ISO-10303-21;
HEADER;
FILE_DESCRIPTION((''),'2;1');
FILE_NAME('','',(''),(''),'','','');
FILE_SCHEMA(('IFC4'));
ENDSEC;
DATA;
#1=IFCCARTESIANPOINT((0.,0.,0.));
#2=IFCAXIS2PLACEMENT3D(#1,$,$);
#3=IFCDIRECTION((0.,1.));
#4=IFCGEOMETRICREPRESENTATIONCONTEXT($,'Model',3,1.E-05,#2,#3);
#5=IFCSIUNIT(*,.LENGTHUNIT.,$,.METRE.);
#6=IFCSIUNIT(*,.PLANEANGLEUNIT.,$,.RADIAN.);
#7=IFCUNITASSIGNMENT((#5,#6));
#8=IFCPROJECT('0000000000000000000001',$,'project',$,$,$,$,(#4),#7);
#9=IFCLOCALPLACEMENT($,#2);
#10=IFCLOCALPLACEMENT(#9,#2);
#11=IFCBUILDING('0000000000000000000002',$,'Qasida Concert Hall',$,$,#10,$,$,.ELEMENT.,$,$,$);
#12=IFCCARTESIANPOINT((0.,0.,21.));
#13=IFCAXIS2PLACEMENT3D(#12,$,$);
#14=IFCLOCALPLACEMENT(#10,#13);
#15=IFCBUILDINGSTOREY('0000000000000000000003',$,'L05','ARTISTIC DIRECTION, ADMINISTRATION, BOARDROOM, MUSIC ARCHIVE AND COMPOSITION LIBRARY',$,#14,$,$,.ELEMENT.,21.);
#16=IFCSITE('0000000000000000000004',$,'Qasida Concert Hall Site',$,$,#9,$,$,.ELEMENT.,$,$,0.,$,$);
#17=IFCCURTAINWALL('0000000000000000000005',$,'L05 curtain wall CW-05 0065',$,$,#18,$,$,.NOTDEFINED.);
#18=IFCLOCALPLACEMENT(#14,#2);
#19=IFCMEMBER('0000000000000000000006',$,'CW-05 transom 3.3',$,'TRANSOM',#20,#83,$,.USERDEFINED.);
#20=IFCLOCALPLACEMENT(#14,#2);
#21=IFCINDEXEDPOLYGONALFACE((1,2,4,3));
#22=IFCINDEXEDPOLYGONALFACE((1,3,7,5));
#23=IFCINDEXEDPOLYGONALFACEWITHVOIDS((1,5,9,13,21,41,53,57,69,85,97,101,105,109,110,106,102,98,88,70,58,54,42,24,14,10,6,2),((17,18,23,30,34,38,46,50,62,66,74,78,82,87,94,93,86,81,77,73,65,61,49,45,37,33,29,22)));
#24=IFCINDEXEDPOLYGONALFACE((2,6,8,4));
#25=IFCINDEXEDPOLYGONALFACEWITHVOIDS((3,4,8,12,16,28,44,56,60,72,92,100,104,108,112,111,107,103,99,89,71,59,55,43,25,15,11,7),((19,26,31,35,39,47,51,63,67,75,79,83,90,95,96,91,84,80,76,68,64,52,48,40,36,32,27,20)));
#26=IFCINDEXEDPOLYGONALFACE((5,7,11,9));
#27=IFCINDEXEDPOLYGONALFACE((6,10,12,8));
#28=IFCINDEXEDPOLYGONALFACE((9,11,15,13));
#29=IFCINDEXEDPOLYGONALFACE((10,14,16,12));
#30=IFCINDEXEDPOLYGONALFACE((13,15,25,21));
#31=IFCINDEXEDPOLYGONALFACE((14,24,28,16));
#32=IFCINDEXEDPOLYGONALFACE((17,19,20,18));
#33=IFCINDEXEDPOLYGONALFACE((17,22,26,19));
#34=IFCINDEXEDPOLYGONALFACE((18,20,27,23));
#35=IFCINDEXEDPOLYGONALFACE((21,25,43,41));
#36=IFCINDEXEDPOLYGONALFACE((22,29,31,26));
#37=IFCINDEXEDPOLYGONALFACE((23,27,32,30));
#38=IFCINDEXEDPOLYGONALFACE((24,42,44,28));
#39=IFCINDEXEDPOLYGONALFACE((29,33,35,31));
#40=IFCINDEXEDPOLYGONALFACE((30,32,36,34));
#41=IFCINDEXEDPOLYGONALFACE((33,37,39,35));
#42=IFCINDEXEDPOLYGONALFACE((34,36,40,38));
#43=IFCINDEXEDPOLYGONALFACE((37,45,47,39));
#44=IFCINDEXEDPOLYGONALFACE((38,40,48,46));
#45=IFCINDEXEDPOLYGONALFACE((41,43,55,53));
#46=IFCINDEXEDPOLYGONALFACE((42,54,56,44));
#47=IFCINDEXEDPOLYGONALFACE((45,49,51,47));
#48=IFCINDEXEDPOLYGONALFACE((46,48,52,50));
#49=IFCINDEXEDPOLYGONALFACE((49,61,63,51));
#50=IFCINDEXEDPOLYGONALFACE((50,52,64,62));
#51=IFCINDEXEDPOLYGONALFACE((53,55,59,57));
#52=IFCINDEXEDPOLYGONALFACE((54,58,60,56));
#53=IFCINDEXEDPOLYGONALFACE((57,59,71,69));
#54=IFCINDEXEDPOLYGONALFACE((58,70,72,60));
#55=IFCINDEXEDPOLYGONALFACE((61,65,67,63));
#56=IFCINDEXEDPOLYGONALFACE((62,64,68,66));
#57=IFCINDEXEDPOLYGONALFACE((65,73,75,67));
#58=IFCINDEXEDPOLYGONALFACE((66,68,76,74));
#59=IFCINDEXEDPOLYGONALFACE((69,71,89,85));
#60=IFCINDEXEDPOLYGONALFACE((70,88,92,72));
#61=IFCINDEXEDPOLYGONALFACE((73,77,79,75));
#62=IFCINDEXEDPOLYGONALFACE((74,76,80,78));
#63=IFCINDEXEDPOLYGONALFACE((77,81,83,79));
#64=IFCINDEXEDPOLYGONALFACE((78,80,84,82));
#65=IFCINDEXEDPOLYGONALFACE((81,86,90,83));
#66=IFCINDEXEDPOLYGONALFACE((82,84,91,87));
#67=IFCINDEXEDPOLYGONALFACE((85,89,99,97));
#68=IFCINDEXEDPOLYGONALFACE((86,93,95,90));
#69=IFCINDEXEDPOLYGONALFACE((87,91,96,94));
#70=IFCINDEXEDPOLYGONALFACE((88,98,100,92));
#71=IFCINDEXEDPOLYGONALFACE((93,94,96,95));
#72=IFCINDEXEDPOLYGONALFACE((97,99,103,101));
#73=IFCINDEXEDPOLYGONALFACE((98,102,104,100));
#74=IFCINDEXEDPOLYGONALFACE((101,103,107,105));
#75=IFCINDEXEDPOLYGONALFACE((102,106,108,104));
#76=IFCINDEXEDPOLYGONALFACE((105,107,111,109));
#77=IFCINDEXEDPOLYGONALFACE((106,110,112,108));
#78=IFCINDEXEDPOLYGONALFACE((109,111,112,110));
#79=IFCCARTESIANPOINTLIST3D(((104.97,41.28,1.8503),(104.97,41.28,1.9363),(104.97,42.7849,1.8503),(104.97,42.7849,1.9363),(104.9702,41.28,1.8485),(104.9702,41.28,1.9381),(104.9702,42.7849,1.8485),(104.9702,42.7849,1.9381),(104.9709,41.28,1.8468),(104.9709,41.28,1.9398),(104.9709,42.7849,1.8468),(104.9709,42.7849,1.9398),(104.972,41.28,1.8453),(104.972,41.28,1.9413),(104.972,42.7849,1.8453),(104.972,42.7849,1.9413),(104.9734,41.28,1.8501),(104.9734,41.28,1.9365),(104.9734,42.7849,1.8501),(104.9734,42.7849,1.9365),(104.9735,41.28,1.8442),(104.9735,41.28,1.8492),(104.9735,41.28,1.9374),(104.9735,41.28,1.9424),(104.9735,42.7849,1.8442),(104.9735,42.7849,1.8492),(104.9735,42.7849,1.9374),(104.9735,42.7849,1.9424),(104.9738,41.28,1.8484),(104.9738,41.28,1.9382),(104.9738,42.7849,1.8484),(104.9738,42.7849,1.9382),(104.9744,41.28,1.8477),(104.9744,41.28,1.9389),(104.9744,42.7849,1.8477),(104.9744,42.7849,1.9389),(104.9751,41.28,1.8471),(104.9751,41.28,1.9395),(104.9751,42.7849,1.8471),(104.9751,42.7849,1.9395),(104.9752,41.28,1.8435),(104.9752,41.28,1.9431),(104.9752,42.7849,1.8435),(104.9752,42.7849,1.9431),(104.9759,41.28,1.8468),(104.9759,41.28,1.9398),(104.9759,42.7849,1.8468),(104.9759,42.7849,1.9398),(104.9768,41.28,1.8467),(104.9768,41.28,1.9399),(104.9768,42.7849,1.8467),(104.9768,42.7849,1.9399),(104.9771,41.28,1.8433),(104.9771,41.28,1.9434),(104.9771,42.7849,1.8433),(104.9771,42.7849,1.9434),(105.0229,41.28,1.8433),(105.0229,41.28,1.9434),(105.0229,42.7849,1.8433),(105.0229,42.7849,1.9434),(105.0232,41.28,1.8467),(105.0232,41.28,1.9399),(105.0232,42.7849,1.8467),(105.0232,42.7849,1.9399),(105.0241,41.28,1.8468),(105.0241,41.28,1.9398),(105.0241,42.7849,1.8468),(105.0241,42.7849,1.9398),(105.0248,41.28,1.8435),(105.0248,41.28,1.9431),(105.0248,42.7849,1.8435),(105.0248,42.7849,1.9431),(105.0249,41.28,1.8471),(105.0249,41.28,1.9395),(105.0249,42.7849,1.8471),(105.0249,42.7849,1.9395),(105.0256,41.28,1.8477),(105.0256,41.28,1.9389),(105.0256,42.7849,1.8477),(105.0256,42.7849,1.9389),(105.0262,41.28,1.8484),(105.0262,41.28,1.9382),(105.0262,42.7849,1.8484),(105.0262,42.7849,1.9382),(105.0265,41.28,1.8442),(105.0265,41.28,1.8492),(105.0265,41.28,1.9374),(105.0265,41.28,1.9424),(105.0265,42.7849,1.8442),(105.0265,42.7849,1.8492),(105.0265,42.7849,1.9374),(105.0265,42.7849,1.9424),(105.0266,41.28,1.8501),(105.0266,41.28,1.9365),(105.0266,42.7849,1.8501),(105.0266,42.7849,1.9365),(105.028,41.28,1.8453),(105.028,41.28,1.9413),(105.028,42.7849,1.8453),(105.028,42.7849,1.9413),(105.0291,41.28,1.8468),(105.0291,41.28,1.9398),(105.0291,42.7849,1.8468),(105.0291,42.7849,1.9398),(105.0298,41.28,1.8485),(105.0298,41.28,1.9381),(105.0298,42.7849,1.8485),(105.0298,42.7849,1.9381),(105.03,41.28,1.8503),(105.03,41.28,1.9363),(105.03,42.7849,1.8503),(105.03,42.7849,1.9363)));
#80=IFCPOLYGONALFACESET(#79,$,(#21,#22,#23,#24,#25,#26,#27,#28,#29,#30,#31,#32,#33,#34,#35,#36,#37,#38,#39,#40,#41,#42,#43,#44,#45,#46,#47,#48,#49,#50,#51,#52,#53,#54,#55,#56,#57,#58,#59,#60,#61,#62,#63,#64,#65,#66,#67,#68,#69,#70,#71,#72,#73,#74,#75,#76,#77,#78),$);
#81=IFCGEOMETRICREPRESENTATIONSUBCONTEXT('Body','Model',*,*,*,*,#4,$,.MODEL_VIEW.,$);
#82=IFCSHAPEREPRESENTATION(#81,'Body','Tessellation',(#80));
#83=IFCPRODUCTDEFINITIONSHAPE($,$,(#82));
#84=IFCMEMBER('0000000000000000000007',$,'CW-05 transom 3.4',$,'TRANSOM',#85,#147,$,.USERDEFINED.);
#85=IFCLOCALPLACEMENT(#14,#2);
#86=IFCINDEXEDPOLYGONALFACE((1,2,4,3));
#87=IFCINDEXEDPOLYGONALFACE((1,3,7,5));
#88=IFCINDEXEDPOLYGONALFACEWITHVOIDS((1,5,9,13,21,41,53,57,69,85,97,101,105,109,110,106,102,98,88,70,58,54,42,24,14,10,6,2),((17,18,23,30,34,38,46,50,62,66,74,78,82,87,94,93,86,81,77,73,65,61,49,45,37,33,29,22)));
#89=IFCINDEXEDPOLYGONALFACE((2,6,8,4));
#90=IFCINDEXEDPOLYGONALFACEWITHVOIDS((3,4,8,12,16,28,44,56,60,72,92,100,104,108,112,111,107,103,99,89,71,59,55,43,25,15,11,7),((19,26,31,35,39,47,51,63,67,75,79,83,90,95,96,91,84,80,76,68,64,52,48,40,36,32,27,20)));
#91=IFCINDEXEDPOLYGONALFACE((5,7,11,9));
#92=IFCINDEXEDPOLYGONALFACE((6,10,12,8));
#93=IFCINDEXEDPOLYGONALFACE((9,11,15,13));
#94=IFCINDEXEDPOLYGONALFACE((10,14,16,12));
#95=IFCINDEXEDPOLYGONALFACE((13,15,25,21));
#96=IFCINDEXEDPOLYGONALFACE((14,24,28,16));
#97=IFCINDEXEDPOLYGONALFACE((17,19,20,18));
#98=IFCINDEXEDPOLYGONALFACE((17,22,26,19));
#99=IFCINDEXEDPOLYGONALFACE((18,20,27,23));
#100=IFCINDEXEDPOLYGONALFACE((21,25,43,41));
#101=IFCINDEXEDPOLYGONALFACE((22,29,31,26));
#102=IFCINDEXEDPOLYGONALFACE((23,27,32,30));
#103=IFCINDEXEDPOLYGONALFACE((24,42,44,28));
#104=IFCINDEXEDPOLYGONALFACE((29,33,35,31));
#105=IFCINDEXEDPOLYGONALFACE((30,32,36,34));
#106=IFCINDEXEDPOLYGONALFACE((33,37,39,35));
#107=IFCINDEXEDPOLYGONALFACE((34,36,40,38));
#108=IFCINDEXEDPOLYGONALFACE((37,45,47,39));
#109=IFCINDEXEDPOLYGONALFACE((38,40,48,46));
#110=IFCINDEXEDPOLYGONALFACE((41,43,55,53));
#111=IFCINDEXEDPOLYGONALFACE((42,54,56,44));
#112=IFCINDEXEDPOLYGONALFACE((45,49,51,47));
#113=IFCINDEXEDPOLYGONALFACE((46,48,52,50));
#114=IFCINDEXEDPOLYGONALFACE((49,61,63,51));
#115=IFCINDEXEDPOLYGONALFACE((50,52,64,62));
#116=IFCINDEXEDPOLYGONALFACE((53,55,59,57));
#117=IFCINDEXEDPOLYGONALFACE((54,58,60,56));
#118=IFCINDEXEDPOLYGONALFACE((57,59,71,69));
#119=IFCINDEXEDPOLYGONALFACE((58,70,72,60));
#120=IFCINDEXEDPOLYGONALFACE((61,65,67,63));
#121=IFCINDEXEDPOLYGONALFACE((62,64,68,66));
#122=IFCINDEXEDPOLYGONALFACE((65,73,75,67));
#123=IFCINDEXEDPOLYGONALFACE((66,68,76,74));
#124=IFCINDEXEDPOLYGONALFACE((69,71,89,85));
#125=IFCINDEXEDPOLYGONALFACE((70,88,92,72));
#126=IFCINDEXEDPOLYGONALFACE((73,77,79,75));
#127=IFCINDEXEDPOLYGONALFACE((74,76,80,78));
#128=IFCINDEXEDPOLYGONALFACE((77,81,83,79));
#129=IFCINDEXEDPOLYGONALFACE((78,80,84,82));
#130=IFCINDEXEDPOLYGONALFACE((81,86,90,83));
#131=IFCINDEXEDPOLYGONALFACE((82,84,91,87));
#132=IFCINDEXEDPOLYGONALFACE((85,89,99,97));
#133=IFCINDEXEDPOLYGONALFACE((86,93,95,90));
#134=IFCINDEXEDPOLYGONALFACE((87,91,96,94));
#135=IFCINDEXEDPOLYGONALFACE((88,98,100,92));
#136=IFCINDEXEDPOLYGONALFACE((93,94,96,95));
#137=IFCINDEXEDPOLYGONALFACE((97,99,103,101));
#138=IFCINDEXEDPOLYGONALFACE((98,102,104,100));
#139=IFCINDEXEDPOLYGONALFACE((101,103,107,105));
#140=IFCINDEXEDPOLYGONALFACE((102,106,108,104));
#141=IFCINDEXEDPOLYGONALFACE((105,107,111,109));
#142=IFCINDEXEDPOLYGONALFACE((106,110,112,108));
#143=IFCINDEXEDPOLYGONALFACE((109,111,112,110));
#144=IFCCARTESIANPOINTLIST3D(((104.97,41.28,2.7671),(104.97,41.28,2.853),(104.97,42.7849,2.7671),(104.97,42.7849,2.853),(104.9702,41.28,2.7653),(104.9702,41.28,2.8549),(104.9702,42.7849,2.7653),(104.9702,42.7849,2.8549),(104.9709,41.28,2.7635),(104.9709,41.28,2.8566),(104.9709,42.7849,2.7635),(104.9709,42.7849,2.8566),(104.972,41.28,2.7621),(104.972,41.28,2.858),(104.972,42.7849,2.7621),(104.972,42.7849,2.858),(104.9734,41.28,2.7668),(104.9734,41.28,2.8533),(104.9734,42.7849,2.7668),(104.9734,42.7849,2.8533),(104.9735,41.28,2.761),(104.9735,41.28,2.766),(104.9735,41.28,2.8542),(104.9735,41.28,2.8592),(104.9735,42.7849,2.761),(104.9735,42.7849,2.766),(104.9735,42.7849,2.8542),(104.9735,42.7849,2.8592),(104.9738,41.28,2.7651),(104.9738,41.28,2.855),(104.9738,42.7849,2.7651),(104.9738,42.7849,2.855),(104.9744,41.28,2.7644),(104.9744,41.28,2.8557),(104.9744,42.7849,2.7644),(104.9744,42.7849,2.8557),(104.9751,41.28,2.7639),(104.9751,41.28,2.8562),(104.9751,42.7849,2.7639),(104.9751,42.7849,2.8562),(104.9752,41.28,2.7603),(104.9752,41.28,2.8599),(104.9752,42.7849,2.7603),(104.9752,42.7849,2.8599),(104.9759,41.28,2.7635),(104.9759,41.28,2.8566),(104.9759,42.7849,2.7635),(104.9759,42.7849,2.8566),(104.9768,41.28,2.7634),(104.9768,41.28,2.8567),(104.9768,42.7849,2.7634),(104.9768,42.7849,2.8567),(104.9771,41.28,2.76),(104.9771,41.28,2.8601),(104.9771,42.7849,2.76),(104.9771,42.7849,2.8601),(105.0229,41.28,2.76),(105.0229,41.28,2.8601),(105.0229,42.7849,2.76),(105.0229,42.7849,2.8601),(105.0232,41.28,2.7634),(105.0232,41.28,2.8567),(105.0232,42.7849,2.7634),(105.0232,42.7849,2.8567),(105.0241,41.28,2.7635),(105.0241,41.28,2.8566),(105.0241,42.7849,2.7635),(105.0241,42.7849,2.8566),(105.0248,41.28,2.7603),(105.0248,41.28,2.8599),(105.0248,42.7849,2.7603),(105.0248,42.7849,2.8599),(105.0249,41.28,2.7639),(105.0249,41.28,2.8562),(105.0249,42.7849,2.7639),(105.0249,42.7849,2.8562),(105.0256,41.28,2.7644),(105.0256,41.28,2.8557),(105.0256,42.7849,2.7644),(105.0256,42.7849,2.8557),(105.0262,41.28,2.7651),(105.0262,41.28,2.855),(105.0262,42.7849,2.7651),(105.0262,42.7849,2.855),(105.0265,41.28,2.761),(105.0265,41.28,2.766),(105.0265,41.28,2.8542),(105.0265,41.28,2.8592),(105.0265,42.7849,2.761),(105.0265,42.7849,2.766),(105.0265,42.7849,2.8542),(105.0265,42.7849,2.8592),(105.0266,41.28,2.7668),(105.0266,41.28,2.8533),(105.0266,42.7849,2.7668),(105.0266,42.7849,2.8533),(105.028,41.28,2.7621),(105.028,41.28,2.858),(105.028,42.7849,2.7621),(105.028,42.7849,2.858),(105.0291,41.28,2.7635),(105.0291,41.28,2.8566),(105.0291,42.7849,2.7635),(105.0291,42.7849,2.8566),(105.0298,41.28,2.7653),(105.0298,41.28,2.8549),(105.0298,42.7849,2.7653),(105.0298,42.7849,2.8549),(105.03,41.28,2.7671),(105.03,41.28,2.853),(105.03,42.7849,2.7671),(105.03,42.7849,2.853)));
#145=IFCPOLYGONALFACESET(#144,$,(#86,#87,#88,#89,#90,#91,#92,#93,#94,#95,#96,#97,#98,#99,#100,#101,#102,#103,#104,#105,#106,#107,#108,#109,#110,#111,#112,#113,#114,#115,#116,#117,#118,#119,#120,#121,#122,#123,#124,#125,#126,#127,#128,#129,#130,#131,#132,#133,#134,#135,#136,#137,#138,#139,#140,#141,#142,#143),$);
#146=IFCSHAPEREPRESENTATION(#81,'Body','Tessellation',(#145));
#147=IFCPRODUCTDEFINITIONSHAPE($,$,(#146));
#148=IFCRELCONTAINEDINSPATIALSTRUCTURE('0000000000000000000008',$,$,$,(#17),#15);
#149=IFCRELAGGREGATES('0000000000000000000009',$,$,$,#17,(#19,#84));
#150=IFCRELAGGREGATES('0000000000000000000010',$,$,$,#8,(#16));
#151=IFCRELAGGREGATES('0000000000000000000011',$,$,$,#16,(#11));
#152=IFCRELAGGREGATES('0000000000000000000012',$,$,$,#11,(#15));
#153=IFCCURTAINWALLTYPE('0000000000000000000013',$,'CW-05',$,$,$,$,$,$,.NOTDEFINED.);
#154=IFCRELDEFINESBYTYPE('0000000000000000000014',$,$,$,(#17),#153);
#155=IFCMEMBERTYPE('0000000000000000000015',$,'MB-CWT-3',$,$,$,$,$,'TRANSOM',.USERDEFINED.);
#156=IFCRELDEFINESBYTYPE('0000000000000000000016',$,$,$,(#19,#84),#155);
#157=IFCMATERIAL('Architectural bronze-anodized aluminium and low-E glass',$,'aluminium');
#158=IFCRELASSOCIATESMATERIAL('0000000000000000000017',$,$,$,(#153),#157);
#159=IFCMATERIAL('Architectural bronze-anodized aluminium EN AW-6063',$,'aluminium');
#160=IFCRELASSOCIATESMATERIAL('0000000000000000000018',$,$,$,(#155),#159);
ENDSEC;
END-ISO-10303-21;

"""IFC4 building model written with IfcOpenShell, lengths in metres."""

from ifc_helpers import new_model, si_unit, direction, frame, origin, origin_2d, place, context, subcontext, project, spatial, hollow_rectangle, extrude, material, material_profile, profile_set, type_object, element, aggregate, save


model = new_model("IFC4")

# Units and contexts
model_context = context("Model", 3, precision=1e-05, world=origin(), true_north=direction((0.0, 1.0)))
body_context = subcontext(model_context, "Body", "Model", "MODEL_VIEW")
ifc_project = project(units=[si_unit("LENGTHUNIT", "METRE"), si_unit("PLANEANGLEUNIT", "RADIAN")], contexts=[model_context])

# Site, building, storey
site_placement = place(None, origin())
site = spatial("IfcSite", under=ifc_project, at=site_placement, Name="Qasida Concert Hall Site", CompositionType="ELEMENT", RefElevation=0.0)
building_placement = place(site_placement, origin())
building = spatial("IfcBuilding", under=site, at=building_placement, Name="Qasida Concert Hall", CompositionType="ELEMENT")
storey_placement = place(building_placement, frame((0.0, 0.0, 21.0)))
storey = spatial("IfcBuildingStorey", under=building, at=storey_placement, Name="L05", Description="ARTISTIC DIRECTION, ADMINISTRATION, BOARDROOM, MUSIC ARCHIVE AND COMPOSITION LIBRARY", CompositionType="ELEMENT", Elevation=21.0)

# Curtain wall, members
ifc_material_1 = material(Name="Architectural bronze-anodized aluminium and low-E glass", Category="aluminium")
curtain_wall_type = type_object("IfcCurtainWallType", Name="CW-05", PredefinedType="NOTDEFINED", material=ifc_material_1)
curtain_wall_placement = place(storey_placement, origin())
curtain_wall = element("IfcCurtainWall", 1, at=curtain_wall_placement, inside=storey, type_object=curtain_wall_type, Name="L05 curtain wall CW-05 0065", PredefinedType="NOTDEFINED")
ifc_material_2 = material(Name="Architectural bronze-anodized aluminium EN AW-6063", Category="aluminium")
ifc_material_profile_1 = material_profile(ifc_material_2, hollow_rectangle(XDim=0.0601, YDim=0.1001, WallThickness=0.0034, InnerFilletRadius=0.0034, OuterFilletRadius=0.0071, at=origin_2d()), Name="CWT 100x60x3.5")
ifc_profile_set_1 = profile_set([ifc_material_profile_1], Name="Architectural bronze-anodized aluminium EN AW-6063")
member_type_1 = type_object("IfcMemberType", Name="MB-CWT-3", ElementType="TRANSOM", PredefinedType="USERDEFINED", material=ifc_profile_set_1)
member_1_placement = place(storey_placement, frame((105.0, 41.28, 1.8933), z_axis=(0.0, 1.0, 0.0), x_axis=(-1.0, 0.0, 0.0)))
member_1 = element("IfcMember", 2, at=member_1_placement, type_object=member_type_1, Name="CW-05 transom 3.3", ObjectType="TRANSOM", PredefinedType="USERDEFINED", context=body_context, shape_type="SweptSolid", body=[
    extrude(hollow_rectangle(XDim=0.0601, YDim=0.1001, WallThickness=0.0034, InnerFilletRadius=0.0034, OuterFilletRadius=0.0071, at=origin_2d()), origin(), (0.0, 0.0, 1.0), 1.5049),
])
member_2_placement = place(storey_placement, frame((105.0, 41.28, 2.8101), z_axis=(0.0, 1.0, 0.0), x_axis=(-1.0, 0.0, 0.0)))
member_2 = element("IfcMember", 3, at=member_2_placement, type_object=member_type_1, Name="CW-05 transom 3.4", ObjectType="TRANSOM", PredefinedType="USERDEFINED", context=body_context, shape_type="SweptSolid", body=[
    extrude(hollow_rectangle(XDim=0.0601, YDim=0.1001, WallThickness=0.0034, InnerFilletRadius=0.0034, OuterFilletRadius=0.0071, at=origin_2d()), origin(), (0.0, 0.0, 1.0), 1.5049),
])
aggregate(curtain_wall, [member_1, member_2])

save(model, "model.ifc")
